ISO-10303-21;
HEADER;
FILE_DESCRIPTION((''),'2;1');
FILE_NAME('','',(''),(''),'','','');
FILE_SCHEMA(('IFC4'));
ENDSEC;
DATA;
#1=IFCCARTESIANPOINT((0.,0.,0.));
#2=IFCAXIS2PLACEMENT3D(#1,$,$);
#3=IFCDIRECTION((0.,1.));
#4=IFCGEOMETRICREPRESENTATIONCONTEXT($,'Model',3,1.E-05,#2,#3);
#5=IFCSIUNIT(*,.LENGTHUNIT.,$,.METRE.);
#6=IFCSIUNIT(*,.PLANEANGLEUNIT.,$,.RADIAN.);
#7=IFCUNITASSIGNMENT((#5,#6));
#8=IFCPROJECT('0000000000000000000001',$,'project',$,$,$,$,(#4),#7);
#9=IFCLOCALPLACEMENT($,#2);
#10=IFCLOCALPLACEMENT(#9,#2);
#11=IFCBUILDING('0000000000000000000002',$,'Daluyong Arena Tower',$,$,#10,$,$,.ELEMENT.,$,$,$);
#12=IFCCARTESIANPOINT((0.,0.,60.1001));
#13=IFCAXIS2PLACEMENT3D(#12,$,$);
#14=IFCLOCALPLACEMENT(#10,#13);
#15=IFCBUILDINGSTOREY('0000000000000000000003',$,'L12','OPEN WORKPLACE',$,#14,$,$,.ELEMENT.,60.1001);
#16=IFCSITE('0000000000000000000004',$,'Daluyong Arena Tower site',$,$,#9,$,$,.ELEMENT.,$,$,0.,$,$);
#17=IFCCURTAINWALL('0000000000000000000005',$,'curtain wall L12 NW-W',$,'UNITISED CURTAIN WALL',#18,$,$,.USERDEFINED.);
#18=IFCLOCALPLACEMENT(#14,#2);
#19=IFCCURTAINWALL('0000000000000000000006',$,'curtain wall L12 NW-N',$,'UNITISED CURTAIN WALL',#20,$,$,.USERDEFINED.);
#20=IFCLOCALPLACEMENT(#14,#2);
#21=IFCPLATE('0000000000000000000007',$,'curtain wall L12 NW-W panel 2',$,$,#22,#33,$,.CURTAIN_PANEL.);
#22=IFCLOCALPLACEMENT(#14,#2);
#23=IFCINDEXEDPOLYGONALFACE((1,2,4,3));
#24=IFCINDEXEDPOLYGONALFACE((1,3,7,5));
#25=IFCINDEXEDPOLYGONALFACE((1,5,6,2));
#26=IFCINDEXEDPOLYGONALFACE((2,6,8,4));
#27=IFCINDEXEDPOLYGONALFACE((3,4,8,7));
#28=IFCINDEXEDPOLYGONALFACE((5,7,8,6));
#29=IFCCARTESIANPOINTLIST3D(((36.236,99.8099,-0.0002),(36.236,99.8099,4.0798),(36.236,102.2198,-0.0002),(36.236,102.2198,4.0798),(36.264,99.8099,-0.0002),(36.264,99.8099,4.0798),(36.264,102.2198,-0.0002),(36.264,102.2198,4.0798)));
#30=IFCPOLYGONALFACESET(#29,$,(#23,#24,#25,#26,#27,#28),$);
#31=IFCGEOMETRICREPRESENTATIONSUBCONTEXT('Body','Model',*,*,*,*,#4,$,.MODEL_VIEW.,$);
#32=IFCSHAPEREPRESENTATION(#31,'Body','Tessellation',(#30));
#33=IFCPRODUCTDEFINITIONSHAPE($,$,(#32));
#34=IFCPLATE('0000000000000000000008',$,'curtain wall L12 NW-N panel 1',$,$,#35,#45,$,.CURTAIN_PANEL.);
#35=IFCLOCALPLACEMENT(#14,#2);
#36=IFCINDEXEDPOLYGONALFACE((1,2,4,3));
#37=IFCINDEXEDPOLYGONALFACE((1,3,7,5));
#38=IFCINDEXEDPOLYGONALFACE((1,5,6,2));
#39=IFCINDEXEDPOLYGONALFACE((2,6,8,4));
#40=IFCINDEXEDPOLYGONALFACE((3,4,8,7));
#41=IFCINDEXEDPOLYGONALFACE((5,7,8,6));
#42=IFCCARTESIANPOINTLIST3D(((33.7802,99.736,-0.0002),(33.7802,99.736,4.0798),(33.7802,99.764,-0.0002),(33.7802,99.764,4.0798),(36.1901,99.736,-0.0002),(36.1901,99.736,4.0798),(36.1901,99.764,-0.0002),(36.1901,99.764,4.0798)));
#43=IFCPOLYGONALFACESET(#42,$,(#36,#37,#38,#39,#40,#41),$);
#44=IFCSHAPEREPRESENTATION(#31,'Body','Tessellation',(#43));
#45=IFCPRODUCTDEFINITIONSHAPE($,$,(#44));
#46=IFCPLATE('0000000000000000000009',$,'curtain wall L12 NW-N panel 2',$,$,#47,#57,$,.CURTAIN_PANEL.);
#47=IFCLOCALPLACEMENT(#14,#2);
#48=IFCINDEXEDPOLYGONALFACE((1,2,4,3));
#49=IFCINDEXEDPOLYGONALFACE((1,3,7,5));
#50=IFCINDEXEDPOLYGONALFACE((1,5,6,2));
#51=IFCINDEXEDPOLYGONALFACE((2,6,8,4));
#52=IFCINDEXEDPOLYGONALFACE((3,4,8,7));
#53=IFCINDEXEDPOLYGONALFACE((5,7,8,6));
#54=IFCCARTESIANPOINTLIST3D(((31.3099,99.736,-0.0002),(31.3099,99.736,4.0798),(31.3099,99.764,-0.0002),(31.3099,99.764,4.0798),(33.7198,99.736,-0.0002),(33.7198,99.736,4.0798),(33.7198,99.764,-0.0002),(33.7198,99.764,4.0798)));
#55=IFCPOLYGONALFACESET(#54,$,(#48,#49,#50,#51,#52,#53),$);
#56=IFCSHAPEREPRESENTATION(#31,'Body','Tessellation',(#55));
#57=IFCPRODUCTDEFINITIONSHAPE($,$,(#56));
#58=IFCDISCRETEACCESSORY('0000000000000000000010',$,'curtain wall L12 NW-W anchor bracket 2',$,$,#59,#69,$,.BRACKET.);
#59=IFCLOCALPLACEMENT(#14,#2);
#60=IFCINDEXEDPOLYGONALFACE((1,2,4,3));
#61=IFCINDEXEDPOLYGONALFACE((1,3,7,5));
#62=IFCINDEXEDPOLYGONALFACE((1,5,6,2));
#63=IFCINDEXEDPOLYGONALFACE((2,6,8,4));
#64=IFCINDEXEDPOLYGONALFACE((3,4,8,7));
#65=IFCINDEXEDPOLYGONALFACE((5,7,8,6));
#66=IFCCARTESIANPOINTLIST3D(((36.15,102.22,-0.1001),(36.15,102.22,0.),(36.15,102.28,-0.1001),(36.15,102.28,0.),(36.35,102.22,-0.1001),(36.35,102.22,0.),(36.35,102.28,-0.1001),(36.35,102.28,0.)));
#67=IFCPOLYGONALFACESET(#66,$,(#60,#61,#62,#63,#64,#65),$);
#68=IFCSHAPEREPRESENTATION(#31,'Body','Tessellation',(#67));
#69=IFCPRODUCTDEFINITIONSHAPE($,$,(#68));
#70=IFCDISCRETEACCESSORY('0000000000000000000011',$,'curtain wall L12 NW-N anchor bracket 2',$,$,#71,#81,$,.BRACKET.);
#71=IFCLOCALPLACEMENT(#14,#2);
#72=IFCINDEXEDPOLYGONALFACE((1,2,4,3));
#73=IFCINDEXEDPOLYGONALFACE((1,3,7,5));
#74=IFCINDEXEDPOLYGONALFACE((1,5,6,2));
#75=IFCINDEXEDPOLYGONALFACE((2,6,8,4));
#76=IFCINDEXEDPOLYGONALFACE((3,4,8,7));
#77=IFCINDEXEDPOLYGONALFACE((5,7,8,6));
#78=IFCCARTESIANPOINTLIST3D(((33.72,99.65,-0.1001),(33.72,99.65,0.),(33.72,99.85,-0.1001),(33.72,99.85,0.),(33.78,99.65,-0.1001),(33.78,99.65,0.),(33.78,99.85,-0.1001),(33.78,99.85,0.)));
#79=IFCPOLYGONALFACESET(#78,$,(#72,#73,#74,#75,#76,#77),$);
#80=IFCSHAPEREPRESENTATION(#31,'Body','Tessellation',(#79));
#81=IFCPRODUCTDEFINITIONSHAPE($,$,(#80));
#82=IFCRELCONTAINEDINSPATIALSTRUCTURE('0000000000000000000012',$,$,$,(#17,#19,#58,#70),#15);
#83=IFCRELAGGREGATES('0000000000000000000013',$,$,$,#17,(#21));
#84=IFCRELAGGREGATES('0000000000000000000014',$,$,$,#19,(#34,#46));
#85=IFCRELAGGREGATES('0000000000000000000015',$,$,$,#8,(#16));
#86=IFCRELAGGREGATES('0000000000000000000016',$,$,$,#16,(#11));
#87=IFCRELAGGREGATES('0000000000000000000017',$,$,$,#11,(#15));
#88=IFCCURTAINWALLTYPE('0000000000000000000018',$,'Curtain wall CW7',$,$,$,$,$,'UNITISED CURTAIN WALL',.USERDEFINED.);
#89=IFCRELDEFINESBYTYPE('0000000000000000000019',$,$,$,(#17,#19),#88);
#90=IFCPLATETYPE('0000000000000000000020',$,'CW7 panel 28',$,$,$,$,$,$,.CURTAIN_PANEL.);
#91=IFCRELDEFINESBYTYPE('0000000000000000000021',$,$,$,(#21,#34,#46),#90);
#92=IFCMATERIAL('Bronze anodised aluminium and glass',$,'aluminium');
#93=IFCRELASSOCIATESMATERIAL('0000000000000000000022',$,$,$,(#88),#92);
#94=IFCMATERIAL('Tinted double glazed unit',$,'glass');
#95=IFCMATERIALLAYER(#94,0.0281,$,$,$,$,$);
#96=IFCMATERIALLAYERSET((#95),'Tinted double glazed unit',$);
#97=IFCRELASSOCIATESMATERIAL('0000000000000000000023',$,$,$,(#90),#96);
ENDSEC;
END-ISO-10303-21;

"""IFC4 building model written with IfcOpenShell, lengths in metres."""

from ifc_helpers import new_model, si_unit, direction, frame, origin, origin_2d, place, context, subcontext, project, spatial, rectangle, extrude, material, layer, layer_set, type_object, element, aggregate, save


model = new_model("IFC4")

# Units and contexts
model_context = context("Model", 3, precision=1e-05, world=origin(), true_north=direction((0.0, 1.0)))
body_context = subcontext(model_context, "Body", "Model", "MODEL_VIEW")
ifc_project = project(units=[si_unit("LENGTHUNIT", "METRE"), si_unit("PLANEANGLEUNIT", "RADIAN")], contexts=[model_context])

# Site, building, storey
site_placement = place(None, origin())
site = spatial("IfcSite", under=ifc_project, at=site_placement, Name="Daluyong Arena Tower site", CompositionType="ELEMENT", RefElevation=0.0)
building_placement = place(site_placement, origin())
building = spatial("IfcBuilding", under=site, at=building_placement, Name="Daluyong Arena Tower", CompositionType="ELEMENT")
storey_placement = place(building_placement, frame((0.0, 0.0, 60.1001)))
storey = spatial("IfcBuildingStorey", under=building, at=storey_placement, Name="L12", Description="OPEN WORKPLACE", CompositionType="ELEMENT", Elevation=60.1001)

# Curtain walls
ifc_material_1 = material(Name="Bronze anodised aluminium and glass", Category="aluminium")
curtain_wall_type_1 = type_object("IfcCurtainWallType", Name="Curtain wall CW7", ElementType="UNITISED CURTAIN WALL", PredefinedType="USERDEFINED", material=ifc_material_1)
curtain_wall_1_placement = place(storey_placement, origin())
curtain_wall_1 = element("IfcCurtainWall", 1, at=curtain_wall_1_placement, inside=storey, type_object=curtain_wall_type_1, Name="curtain wall L12 NW-W", ObjectType="UNITISED CURTAIN WALL", PredefinedType="USERDEFINED")
curtain_wall_2_placement = place(storey_placement, origin())
curtain_wall_2 = element("IfcCurtainWall", 2, at=curtain_wall_2_placement, inside=storey, type_object=curtain_wall_type_1, Name="curtain wall L12 NW-N", ObjectType="UNITISED CURTAIN WALL", PredefinedType="USERDEFINED")

# Plates
ifc_material_2 = material(Name="Tinted double glazed unit", Category="glass")
ifc_layer = layer(ifc_material_2, 0.0281)
ifc_layer_set = layer_set([ifc_layer], Name="Tinted double glazed unit")
plate_type = type_object("IfcPlateType", Name="CW7 panel 28", PredefinedType="CURTAIN_PANEL", material=ifc_layer_set)
plate_1_placement = place(storey_placement, frame((36.25, 101.0149, -0.0002), z_axis=(0.0, 0.0, 1.0), x_axis=(0.0, -1.0, 0.0)))
plate_1 = element("IfcPlate", 3, at=plate_1_placement, type_object=plate_type, Name="curtain wall L12 NW-W panel 2", PredefinedType="CURTAIN_PANEL", context=body_context, shape_type="SweptSolid", body=[
    extrude(rectangle(XDim=2.4099, YDim=0.0281, at=origin_2d()), origin(), (0.0, 0.0, 1.0), 4.0801),
])
aggregate(curtain_wall_1, [plate_1])
plate_2_placement = place(storey_placement, frame((34.9851, 99.75, -0.0002), z_axis=(0.0, 0.0, 1.0), x_axis=(-1.0, 0.0, 0.0)))
plate_2 = element("IfcPlate", 4, at=plate_2_placement, type_object=plate_type, Name="curtain wall L12 NW-N panel 1", PredefinedType="CURTAIN_PANEL", context=body_context, shape_type="SweptSolid", body=[
    extrude(rectangle(XDim=2.4099, YDim=0.0281, at=origin_2d()), origin(), (0.0, 0.0, 1.0), 4.0801),
])
plate_3_placement = place(storey_placement, frame((32.5149, 99.75, -0.0002), z_axis=(0.0, 0.0, 1.0), x_axis=(-1.0, 0.0, 0.0)))
plate_3 = element("IfcPlate", 5, at=plate_3_placement, type_object=plate_type, Name="curtain wall L12 NW-N panel 2", PredefinedType="CURTAIN_PANEL", context=body_context, shape_type="SweptSolid", body=[
    extrude(rectangle(XDim=2.4099, YDim=0.0281, at=origin_2d()), origin(), (0.0, 0.0, 1.0), 4.0801),
])
aggregate(curtain_wall_2, [plate_2, plate_3])

# Discrete accessories
for number, where, z_axis, x_axis, name in (
    (6, (36.25, 102.25, -0.1001), (0.0, 0.0, 1.0), (0.0, -1.0, 0.0), "curtain wall L12 NW-W anchor bracket 2"),
    (7, (33.75, 99.75, -0.1001), (0.0, 0.0, 1.0), (-1.0, 0.0, 0.0), "curtain wall L12 NW-N anchor bracket 2"),
):
    element("IfcDiscreteAccessory", number, at=place(storey_placement, frame(where, z_axis=z_axis, x_axis=x_axis)), inside=storey, Name=name, PredefinedType="BRACKET", context=body_context, shape_type="SweptSolid", body=[
        extrude(rectangle(XDim=0.0601, YDim=0.2, at=origin_2d()), origin(), (0.0, 0.0, 1.0), 0.1001),
    ])

save(model, "model.ifc")
